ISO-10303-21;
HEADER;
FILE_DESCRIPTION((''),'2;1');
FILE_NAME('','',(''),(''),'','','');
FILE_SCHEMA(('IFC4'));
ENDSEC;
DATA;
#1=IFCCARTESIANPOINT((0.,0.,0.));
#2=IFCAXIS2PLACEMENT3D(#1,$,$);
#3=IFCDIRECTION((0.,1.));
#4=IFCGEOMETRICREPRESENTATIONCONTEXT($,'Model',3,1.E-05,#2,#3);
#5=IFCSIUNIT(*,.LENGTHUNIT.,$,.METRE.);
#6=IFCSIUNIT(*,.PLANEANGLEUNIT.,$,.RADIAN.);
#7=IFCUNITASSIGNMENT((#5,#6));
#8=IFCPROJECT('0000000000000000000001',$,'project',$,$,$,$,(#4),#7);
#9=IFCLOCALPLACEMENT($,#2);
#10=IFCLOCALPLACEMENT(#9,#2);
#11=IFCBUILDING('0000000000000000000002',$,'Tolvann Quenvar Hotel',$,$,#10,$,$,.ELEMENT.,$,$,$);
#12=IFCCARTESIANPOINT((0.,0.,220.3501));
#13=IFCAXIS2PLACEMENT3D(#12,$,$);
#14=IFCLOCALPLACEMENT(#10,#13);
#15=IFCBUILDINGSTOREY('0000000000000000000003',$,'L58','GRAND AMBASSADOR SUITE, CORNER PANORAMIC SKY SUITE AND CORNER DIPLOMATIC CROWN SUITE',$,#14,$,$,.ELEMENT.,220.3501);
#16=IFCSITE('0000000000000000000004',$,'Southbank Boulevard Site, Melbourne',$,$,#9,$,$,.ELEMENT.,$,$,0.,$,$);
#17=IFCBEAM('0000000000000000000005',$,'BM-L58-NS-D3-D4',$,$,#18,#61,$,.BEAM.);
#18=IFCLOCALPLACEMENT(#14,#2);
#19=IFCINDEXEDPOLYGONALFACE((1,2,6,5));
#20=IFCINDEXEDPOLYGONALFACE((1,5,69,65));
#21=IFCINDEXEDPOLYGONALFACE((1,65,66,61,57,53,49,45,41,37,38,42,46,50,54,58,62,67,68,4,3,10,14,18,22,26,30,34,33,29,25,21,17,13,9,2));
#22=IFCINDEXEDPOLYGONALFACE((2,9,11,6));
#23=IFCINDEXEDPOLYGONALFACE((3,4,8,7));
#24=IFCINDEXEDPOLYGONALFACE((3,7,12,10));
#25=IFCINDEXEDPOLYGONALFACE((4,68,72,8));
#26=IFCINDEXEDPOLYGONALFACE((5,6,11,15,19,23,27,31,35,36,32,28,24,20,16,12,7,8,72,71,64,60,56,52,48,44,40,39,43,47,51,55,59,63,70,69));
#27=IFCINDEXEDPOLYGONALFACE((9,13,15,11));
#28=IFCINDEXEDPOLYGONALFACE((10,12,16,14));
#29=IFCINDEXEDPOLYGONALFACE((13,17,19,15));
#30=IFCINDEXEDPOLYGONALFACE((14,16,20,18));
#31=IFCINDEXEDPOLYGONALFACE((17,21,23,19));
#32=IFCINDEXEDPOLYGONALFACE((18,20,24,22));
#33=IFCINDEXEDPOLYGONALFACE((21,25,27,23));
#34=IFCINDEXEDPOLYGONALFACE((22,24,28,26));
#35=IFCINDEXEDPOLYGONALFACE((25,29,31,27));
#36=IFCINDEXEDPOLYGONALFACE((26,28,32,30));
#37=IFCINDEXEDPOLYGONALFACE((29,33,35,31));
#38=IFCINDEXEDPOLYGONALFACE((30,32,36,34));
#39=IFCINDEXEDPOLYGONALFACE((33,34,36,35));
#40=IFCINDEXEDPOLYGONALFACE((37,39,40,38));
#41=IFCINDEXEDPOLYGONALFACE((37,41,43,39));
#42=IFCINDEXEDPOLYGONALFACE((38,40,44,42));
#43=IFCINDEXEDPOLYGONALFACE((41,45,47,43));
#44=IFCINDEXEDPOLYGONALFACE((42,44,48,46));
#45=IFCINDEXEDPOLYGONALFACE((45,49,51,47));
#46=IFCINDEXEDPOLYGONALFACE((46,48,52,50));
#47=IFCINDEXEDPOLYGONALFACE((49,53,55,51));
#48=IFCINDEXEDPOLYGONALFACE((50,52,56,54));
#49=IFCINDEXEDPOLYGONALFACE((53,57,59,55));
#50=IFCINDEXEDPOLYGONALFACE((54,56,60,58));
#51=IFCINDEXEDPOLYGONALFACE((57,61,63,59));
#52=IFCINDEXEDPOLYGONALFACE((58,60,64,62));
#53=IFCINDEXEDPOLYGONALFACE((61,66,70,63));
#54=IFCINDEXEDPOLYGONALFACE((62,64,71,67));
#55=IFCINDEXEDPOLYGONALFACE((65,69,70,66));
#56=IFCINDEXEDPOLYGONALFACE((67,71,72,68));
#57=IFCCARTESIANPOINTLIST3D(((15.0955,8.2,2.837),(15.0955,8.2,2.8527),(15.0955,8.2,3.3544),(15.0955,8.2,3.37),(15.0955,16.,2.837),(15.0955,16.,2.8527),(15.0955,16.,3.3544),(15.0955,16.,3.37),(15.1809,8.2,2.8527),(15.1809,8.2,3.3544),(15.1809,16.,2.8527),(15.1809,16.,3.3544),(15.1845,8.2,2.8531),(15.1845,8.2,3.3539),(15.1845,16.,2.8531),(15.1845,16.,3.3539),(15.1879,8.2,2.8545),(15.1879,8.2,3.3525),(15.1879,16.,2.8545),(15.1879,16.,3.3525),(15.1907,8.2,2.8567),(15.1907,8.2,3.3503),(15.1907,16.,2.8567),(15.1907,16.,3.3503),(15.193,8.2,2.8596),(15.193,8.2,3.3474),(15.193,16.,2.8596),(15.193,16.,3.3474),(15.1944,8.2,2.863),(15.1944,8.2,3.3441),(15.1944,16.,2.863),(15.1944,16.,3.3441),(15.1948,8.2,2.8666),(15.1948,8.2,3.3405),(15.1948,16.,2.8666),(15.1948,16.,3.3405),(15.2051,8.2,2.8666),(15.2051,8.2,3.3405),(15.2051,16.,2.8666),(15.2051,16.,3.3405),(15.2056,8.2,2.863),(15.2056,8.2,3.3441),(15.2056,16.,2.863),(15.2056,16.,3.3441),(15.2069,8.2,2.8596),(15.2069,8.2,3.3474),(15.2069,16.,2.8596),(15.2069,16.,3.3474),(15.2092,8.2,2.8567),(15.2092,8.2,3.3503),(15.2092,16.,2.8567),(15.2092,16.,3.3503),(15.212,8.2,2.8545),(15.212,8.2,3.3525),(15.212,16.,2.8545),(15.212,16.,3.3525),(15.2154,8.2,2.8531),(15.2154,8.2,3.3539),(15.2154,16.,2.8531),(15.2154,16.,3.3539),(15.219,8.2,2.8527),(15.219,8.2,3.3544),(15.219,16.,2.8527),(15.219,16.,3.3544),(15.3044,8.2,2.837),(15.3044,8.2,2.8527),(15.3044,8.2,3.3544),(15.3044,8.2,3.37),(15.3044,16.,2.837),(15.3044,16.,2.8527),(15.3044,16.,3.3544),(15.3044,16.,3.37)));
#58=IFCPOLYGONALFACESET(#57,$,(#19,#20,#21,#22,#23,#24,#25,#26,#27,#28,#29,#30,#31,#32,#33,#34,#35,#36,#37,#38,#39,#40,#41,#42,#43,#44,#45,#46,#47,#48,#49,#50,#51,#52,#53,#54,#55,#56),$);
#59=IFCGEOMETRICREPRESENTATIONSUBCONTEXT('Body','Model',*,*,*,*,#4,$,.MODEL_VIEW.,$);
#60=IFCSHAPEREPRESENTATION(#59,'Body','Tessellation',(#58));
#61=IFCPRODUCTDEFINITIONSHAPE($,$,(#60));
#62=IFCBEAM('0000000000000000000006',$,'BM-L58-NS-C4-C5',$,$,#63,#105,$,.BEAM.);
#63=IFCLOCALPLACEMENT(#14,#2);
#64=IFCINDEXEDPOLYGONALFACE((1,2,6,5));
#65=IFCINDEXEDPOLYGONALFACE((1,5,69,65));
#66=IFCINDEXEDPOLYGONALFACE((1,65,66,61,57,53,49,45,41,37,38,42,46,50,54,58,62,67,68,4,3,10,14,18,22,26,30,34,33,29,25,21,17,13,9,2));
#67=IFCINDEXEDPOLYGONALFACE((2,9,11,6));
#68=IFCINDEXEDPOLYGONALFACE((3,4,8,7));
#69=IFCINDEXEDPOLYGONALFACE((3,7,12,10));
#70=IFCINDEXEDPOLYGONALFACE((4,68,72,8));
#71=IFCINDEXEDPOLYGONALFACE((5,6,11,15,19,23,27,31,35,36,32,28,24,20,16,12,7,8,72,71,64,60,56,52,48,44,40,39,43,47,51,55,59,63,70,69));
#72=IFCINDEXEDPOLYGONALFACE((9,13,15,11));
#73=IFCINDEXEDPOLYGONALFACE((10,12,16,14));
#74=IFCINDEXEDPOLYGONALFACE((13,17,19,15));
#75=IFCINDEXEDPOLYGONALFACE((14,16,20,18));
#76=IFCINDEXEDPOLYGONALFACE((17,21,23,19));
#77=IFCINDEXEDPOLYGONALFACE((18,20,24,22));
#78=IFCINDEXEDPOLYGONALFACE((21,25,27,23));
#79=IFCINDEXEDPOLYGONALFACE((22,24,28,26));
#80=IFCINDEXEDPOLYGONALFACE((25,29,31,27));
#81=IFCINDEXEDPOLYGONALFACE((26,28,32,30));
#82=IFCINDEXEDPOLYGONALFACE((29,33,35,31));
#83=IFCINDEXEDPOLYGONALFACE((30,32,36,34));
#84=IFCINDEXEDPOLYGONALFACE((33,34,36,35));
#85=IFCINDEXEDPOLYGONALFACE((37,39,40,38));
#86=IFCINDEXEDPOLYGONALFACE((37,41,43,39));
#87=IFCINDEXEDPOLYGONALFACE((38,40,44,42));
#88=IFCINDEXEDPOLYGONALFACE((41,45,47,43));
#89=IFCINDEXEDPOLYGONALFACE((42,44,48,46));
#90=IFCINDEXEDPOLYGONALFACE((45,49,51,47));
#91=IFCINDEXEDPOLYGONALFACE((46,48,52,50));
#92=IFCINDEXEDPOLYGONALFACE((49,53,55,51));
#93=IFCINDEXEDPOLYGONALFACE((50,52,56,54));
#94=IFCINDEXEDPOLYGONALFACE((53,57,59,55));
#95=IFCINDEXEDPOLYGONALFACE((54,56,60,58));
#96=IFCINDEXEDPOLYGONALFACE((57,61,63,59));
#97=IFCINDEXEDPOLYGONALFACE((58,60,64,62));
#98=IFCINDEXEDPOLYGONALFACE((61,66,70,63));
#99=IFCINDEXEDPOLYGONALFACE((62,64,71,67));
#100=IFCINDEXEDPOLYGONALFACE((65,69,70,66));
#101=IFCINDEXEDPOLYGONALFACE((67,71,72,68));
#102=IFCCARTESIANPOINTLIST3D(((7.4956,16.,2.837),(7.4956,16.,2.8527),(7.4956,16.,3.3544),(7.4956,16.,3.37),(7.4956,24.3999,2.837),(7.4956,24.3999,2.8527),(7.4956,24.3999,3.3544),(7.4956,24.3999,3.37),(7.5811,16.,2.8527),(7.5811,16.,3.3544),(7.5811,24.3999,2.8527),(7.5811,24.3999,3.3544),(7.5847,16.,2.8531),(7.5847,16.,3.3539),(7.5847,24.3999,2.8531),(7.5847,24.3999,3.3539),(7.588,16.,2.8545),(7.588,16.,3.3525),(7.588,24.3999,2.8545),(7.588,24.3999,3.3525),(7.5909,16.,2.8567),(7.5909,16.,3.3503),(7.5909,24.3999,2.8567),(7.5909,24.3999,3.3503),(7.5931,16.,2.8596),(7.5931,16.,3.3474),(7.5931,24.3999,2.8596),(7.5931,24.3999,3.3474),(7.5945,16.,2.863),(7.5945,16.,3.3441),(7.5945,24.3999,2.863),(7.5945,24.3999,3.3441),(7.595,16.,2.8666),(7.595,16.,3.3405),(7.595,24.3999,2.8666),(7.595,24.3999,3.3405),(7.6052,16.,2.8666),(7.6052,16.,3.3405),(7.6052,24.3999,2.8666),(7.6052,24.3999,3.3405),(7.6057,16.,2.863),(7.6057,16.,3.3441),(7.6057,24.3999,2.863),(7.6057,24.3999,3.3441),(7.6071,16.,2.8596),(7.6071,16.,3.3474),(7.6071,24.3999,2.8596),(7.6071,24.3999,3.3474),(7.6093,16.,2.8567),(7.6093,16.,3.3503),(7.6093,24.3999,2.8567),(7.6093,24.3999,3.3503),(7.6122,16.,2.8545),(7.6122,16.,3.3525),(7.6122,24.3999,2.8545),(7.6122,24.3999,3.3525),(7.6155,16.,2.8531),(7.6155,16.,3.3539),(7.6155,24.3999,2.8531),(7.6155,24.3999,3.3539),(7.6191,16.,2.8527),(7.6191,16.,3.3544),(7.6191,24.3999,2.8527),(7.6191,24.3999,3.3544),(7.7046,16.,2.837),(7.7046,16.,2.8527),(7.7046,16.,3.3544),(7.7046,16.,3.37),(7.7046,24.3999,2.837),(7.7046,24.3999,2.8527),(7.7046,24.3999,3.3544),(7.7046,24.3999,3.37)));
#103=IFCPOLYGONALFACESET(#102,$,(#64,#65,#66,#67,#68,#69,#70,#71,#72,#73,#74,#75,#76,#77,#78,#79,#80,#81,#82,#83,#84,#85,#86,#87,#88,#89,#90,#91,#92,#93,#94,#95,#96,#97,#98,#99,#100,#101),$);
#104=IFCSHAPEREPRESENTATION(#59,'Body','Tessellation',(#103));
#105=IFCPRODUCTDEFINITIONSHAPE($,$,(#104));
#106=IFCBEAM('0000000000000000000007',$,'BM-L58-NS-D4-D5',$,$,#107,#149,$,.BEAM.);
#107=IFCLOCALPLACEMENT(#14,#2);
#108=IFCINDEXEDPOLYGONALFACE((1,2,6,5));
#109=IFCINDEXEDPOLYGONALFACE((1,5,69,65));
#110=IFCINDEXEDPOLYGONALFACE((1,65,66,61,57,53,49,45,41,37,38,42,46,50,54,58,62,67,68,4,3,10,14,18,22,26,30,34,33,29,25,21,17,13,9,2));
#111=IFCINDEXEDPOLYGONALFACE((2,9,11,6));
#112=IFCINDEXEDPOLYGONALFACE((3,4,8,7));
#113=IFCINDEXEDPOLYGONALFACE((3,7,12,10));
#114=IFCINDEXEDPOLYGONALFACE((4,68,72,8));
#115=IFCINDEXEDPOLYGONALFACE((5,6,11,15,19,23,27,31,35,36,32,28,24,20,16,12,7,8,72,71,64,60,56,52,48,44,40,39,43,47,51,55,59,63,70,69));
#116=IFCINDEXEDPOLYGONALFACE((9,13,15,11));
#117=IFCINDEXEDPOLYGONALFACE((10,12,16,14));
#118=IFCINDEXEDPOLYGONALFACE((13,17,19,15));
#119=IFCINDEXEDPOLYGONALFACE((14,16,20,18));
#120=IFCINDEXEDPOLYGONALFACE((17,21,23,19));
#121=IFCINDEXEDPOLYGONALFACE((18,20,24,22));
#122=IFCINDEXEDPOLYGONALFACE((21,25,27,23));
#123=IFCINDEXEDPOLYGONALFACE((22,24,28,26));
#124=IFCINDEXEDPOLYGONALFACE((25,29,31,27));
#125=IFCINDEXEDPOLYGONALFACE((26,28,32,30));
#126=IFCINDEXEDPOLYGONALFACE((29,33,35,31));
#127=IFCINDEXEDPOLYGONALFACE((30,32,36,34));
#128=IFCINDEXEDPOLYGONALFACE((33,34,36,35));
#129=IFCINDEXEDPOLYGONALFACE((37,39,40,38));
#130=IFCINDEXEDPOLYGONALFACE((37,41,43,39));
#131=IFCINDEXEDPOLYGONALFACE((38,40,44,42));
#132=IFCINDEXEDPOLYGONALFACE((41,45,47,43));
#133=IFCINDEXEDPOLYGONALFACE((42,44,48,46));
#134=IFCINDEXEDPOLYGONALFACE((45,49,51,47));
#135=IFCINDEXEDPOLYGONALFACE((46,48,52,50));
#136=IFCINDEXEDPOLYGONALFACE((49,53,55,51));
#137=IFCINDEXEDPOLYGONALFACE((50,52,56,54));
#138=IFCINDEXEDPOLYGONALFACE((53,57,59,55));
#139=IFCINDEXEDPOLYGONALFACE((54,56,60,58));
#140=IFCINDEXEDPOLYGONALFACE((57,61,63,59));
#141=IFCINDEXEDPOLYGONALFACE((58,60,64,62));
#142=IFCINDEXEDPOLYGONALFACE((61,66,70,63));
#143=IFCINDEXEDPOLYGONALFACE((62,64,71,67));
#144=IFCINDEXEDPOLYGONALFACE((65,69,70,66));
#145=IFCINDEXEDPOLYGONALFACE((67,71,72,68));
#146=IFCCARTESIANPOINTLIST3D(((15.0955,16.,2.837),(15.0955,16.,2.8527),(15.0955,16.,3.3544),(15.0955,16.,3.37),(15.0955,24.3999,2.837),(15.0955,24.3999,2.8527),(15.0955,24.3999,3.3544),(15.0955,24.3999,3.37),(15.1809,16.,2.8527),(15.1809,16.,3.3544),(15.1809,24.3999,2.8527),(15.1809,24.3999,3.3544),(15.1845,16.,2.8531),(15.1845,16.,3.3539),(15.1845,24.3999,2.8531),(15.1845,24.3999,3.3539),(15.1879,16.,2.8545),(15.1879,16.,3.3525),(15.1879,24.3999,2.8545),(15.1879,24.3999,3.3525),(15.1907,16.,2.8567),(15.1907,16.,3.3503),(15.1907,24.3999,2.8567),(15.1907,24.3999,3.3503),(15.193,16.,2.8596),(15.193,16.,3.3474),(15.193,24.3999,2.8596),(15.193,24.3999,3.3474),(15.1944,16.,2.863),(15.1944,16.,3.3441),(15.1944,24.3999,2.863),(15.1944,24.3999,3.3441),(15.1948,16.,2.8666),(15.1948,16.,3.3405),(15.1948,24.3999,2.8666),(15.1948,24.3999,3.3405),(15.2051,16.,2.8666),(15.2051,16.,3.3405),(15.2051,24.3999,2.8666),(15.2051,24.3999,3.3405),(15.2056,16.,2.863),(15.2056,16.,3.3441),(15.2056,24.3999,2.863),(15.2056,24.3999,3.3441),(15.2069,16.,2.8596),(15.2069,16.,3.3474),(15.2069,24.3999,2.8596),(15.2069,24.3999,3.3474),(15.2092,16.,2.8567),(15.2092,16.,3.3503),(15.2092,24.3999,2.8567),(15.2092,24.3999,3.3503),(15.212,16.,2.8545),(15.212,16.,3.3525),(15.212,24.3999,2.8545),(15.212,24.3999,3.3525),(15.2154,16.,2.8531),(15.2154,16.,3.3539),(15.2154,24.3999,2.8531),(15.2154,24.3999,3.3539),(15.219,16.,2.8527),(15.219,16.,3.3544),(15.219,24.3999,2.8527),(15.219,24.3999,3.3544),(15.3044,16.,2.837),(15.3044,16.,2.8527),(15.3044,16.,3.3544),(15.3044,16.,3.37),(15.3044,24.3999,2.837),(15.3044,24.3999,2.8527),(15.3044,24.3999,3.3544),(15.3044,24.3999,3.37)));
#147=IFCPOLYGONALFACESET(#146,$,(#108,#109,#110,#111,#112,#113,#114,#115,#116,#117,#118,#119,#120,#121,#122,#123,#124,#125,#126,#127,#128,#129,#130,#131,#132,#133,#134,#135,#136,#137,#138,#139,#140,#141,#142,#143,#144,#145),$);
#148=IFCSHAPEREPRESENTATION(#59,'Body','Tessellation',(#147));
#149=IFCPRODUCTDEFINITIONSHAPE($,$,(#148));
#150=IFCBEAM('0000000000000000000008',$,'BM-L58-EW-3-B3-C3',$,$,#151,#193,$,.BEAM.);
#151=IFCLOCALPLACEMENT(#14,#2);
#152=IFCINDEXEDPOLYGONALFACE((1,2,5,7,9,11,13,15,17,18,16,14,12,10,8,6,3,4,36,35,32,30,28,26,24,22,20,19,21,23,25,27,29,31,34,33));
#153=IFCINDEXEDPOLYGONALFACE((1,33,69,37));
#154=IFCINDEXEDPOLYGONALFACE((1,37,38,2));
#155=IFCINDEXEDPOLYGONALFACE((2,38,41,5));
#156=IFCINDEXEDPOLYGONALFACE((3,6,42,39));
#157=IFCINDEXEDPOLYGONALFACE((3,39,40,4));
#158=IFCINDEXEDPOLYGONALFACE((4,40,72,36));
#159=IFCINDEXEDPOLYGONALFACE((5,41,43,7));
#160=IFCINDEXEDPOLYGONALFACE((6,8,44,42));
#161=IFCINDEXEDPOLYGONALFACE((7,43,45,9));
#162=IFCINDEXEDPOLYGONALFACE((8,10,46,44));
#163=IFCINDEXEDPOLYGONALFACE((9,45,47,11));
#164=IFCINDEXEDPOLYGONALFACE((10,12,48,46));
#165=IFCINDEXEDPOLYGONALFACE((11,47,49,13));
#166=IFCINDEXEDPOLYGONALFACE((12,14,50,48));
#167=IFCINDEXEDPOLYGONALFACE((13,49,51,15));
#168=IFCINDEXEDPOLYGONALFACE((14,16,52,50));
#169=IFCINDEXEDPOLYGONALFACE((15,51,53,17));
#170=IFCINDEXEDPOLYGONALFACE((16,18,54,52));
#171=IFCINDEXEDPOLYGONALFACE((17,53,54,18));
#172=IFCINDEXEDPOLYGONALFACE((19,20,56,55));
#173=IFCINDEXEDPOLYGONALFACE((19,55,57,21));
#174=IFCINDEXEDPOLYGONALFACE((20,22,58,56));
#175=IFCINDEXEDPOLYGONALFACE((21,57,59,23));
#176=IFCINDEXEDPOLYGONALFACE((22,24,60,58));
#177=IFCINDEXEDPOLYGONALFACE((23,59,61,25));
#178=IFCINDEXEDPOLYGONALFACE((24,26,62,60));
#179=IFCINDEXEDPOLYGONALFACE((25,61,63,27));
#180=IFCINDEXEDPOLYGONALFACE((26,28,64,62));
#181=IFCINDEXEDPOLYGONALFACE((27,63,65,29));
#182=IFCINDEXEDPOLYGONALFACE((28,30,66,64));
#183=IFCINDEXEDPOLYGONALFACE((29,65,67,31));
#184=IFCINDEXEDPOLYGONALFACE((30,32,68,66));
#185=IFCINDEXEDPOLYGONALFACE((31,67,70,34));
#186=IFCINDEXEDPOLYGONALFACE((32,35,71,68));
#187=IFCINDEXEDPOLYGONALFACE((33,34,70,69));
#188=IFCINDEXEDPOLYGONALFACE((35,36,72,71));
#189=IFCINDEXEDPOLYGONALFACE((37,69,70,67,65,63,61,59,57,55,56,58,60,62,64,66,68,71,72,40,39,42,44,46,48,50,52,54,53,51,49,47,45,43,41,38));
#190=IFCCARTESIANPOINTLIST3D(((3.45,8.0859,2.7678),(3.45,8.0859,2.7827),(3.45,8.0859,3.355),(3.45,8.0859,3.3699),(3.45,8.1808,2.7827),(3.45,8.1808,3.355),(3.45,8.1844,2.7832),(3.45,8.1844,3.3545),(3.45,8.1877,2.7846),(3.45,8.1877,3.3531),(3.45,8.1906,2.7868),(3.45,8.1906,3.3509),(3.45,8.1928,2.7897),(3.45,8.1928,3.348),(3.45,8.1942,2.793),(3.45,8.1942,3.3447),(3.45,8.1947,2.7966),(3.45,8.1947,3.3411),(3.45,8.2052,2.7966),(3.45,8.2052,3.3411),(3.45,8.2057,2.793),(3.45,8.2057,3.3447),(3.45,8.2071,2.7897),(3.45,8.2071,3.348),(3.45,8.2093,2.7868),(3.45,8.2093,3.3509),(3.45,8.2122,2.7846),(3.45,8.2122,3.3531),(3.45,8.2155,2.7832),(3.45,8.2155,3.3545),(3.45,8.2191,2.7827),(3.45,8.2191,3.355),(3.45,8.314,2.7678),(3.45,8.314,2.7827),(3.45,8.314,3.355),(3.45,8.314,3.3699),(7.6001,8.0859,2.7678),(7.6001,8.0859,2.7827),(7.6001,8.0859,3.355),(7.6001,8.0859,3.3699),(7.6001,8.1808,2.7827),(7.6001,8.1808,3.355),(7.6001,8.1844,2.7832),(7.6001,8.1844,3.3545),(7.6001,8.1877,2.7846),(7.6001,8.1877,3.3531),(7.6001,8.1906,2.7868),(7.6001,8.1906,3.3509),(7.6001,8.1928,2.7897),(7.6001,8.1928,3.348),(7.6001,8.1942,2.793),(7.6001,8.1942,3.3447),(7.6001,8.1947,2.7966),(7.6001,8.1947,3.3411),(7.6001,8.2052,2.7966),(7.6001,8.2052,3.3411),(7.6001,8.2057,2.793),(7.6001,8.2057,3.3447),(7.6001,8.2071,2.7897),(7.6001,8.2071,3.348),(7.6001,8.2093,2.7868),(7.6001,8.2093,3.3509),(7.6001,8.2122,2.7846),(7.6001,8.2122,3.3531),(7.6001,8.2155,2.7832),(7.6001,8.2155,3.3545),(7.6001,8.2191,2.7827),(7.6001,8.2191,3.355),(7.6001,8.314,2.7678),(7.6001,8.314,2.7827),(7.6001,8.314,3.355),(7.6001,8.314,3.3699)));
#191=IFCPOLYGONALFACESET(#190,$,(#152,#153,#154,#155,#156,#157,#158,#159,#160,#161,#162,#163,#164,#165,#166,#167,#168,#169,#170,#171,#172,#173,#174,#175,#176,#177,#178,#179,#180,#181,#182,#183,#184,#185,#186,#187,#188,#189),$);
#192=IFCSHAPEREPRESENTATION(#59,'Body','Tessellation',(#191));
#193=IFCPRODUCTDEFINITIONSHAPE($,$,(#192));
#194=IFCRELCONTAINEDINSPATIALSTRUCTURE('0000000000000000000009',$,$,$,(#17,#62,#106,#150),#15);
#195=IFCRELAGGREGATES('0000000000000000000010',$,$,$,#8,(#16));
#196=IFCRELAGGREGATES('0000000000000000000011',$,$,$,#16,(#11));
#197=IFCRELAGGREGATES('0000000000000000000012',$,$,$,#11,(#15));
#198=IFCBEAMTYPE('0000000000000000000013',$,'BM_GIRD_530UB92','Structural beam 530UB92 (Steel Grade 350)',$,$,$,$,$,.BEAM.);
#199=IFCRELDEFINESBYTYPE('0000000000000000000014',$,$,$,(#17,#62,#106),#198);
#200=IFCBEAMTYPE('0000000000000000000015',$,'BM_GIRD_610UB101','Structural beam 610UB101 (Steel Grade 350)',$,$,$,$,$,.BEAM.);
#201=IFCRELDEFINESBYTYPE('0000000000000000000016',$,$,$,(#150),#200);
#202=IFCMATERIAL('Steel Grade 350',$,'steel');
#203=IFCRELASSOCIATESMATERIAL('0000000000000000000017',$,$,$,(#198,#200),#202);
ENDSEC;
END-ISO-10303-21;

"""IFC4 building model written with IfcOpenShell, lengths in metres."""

from ifc_helpers import new_model, si_unit, direction, frame, origin, origin_2d, place, context, subcontext, project, spatial, i_section, extrude, source, transform, mapped, material, material_profile, profile_set, type_object, type_shapes, element, save


model = new_model("IFC4")

# Units and contexts
model_context = context("Model", 3, precision=1e-05, world=origin(), true_north=direction((0.0, 1.0)))
body_context = subcontext(model_context, "Body", "Model", "MODEL_VIEW")
ifc_project = project(units=[si_unit("LENGTHUNIT", "METRE"), si_unit("PLANEANGLEUNIT", "RADIAN")], contexts=[model_context])

# Site, building, storey
site_placement = place(None, origin())
site = spatial("IfcSite", under=ifc_project, at=site_placement, Name="Southbank Boulevard Site, Melbourne", CompositionType="ELEMENT", RefElevation=0.0)
building_placement = place(site_placement, origin())
building = spatial("IfcBuilding", under=site, at=building_placement, Name="Tolvann Quenvar Hotel", CompositionType="ELEMENT")
storey_placement = place(building_placement, frame((0.0, 0.0, 220.3501)))
storey = spatial("IfcBuildingStorey", under=building, at=storey_placement, Name="L58", Description="GRAND AMBASSADOR SUITE, CORNER PANORAMIC SKY SUITE AND CORNER DIPLOMATIC CROWN SUITE", CompositionType="ELEMENT", Elevation=220.3501)

# Shared definitions
ifc_material_1 = material(Name="Steel Grade 350", Category="steel")

# Beams
ifc_material_profile_1 = material_profile(ifc_material_1, i_section(OverallWidth=0.209, OverallDepth=0.533, WebThickness=0.0103, FlangeThickness=0.0156, FilletRadius=0.0139, at=origin_2d()), Name="530UB92")
ifc_profile_set_1 = profile_set([ifc_material_profile_1], Name="Steel Grade 350")
beam_type_1 = type_object("IfcBeamType", Name="BM_GIRD_530UB92", Description="Structural beam 530UB92 (Steel Grade 350)", PredefinedType="BEAM", material=ifc_profile_set_1)
shared_shape_1 = source(origin(), body_context, "Body", "SweptSolid", [
    extrude(i_section(OverallWidth=0.209, OverallDepth=0.533, WebThickness=0.0103, FlangeThickness=0.0156, FilletRadius=0.0139, at=origin_2d()), origin(), (0.0, 0.0, 1.0), 7.8),
])
for number, where, z_axis, x_axis, name in (
    (1, (15.2, 8.2, 3.1035), (0.0, 1.0, 0.0), (-1.0, 0.0, 0.0), "BM-L58-NS-D3-D4"),
):
    element("IfcBeam", number, at=place(storey_placement, frame(where, z_axis=z_axis, x_axis=x_axis)), inside=storey, type_object=beam_type_1, Name=name, PredefinedType="BEAM", context=body_context, shape_type="MappedRepresentation", body=[
        mapped(shared_shape_1, transform((0.0, 0.0, 0.0), x_axis=(1.0, 0.0, 0.0), y_axis=(0.0, 1.0, 0.0), z_axis=(0.0, 0.0, 1.0), scale=1.0)),
    ])
shared_shape_2 = source(origin(), body_context, "Body", "SweptSolid", [
    extrude(i_section(OverallWidth=0.209, OverallDepth=0.533, WebThickness=0.0103, FlangeThickness=0.0156, FilletRadius=0.0139, at=origin_2d()), origin(), (0.0, 0.0, 1.0), 8.3999),
])
type_shapes(beam_type_1, [shared_shape_1, shared_shape_2])
for number, where, z_axis, x_axis, name in (
    (2, (7.6001, 16.0, 3.1035), (0.0, 1.0, 0.0), (-1.0, 0.0, 0.0), "BM-L58-NS-C4-C5"),
    (3, (15.2, 16.0, 3.1035), (0.0, 1.0, 0.0), (-1.0, 0.0, 0.0), "BM-L58-NS-D4-D5"),
):
    element("IfcBeam", number, at=place(storey_placement, frame(where, z_axis=z_axis, x_axis=x_axis)), inside=storey, type_object=beam_type_1, Name=name, PredefinedType="BEAM", context=body_context, shape_type="MappedRepresentation", body=[
        mapped(shared_shape_2, transform((0.0, 0.0, 0.0), x_axis=(1.0, 0.0, 0.0), y_axis=(0.0, 1.0, 0.0), z_axis=(0.0, 0.0, 1.0), scale=1.0)),
    ])
ifc_material_profile_2 = material_profile(ifc_material_1, i_section(OverallWidth=0.228, OverallDepth=0.6021, WebThickness=0.0105, FlangeThickness=0.0149, FilletRadius=0.0139, at=origin_2d()), Name="610UB101")
ifc_profile_set_2 = profile_set([ifc_material_profile_2], Name="Steel Grade 350")
beam_type_2 = type_object("IfcBeamType", Name="BM_GIRD_610UB101", Description="Structural beam 610UB101 (Steel Grade 350)", PredefinedType="BEAM", material=ifc_profile_set_2)
shared_shape_3 = source(origin(), body_context, "Body", "SweptSolid", [
    extrude(i_section(OverallWidth=0.228, OverallDepth=0.6021, WebThickness=0.0105, FlangeThickness=0.0149, FilletRadius=0.0139, at=origin_2d()), origin(), (0.0, 0.0, 1.0), 4.1501),
])
for number, where, z_axis, x_axis, name in (
    (4, (3.45, 8.2, 3.0688), (1.0, 0.0, 0.0), (0.0, 1.0, 0.0), "BM-L58-EW-3-B3-C3"),
):
    element("IfcBeam", number, at=place(storey_placement, frame(where, z_axis=z_axis, x_axis=x_axis)), inside=storey, type_object=beam_type_2, Name=name, PredefinedType="BEAM", context=body_context, shape_type="MappedRepresentation", body=[
        mapped(shared_shape_3, transform((0.0, 0.0, 0.0), x_axis=(1.0, 0.0, 0.0), y_axis=(0.0, 1.0, 0.0), z_axis=(0.0, 0.0, 1.0), scale=1.0)),
    ])

save(model, "model.ifc")
